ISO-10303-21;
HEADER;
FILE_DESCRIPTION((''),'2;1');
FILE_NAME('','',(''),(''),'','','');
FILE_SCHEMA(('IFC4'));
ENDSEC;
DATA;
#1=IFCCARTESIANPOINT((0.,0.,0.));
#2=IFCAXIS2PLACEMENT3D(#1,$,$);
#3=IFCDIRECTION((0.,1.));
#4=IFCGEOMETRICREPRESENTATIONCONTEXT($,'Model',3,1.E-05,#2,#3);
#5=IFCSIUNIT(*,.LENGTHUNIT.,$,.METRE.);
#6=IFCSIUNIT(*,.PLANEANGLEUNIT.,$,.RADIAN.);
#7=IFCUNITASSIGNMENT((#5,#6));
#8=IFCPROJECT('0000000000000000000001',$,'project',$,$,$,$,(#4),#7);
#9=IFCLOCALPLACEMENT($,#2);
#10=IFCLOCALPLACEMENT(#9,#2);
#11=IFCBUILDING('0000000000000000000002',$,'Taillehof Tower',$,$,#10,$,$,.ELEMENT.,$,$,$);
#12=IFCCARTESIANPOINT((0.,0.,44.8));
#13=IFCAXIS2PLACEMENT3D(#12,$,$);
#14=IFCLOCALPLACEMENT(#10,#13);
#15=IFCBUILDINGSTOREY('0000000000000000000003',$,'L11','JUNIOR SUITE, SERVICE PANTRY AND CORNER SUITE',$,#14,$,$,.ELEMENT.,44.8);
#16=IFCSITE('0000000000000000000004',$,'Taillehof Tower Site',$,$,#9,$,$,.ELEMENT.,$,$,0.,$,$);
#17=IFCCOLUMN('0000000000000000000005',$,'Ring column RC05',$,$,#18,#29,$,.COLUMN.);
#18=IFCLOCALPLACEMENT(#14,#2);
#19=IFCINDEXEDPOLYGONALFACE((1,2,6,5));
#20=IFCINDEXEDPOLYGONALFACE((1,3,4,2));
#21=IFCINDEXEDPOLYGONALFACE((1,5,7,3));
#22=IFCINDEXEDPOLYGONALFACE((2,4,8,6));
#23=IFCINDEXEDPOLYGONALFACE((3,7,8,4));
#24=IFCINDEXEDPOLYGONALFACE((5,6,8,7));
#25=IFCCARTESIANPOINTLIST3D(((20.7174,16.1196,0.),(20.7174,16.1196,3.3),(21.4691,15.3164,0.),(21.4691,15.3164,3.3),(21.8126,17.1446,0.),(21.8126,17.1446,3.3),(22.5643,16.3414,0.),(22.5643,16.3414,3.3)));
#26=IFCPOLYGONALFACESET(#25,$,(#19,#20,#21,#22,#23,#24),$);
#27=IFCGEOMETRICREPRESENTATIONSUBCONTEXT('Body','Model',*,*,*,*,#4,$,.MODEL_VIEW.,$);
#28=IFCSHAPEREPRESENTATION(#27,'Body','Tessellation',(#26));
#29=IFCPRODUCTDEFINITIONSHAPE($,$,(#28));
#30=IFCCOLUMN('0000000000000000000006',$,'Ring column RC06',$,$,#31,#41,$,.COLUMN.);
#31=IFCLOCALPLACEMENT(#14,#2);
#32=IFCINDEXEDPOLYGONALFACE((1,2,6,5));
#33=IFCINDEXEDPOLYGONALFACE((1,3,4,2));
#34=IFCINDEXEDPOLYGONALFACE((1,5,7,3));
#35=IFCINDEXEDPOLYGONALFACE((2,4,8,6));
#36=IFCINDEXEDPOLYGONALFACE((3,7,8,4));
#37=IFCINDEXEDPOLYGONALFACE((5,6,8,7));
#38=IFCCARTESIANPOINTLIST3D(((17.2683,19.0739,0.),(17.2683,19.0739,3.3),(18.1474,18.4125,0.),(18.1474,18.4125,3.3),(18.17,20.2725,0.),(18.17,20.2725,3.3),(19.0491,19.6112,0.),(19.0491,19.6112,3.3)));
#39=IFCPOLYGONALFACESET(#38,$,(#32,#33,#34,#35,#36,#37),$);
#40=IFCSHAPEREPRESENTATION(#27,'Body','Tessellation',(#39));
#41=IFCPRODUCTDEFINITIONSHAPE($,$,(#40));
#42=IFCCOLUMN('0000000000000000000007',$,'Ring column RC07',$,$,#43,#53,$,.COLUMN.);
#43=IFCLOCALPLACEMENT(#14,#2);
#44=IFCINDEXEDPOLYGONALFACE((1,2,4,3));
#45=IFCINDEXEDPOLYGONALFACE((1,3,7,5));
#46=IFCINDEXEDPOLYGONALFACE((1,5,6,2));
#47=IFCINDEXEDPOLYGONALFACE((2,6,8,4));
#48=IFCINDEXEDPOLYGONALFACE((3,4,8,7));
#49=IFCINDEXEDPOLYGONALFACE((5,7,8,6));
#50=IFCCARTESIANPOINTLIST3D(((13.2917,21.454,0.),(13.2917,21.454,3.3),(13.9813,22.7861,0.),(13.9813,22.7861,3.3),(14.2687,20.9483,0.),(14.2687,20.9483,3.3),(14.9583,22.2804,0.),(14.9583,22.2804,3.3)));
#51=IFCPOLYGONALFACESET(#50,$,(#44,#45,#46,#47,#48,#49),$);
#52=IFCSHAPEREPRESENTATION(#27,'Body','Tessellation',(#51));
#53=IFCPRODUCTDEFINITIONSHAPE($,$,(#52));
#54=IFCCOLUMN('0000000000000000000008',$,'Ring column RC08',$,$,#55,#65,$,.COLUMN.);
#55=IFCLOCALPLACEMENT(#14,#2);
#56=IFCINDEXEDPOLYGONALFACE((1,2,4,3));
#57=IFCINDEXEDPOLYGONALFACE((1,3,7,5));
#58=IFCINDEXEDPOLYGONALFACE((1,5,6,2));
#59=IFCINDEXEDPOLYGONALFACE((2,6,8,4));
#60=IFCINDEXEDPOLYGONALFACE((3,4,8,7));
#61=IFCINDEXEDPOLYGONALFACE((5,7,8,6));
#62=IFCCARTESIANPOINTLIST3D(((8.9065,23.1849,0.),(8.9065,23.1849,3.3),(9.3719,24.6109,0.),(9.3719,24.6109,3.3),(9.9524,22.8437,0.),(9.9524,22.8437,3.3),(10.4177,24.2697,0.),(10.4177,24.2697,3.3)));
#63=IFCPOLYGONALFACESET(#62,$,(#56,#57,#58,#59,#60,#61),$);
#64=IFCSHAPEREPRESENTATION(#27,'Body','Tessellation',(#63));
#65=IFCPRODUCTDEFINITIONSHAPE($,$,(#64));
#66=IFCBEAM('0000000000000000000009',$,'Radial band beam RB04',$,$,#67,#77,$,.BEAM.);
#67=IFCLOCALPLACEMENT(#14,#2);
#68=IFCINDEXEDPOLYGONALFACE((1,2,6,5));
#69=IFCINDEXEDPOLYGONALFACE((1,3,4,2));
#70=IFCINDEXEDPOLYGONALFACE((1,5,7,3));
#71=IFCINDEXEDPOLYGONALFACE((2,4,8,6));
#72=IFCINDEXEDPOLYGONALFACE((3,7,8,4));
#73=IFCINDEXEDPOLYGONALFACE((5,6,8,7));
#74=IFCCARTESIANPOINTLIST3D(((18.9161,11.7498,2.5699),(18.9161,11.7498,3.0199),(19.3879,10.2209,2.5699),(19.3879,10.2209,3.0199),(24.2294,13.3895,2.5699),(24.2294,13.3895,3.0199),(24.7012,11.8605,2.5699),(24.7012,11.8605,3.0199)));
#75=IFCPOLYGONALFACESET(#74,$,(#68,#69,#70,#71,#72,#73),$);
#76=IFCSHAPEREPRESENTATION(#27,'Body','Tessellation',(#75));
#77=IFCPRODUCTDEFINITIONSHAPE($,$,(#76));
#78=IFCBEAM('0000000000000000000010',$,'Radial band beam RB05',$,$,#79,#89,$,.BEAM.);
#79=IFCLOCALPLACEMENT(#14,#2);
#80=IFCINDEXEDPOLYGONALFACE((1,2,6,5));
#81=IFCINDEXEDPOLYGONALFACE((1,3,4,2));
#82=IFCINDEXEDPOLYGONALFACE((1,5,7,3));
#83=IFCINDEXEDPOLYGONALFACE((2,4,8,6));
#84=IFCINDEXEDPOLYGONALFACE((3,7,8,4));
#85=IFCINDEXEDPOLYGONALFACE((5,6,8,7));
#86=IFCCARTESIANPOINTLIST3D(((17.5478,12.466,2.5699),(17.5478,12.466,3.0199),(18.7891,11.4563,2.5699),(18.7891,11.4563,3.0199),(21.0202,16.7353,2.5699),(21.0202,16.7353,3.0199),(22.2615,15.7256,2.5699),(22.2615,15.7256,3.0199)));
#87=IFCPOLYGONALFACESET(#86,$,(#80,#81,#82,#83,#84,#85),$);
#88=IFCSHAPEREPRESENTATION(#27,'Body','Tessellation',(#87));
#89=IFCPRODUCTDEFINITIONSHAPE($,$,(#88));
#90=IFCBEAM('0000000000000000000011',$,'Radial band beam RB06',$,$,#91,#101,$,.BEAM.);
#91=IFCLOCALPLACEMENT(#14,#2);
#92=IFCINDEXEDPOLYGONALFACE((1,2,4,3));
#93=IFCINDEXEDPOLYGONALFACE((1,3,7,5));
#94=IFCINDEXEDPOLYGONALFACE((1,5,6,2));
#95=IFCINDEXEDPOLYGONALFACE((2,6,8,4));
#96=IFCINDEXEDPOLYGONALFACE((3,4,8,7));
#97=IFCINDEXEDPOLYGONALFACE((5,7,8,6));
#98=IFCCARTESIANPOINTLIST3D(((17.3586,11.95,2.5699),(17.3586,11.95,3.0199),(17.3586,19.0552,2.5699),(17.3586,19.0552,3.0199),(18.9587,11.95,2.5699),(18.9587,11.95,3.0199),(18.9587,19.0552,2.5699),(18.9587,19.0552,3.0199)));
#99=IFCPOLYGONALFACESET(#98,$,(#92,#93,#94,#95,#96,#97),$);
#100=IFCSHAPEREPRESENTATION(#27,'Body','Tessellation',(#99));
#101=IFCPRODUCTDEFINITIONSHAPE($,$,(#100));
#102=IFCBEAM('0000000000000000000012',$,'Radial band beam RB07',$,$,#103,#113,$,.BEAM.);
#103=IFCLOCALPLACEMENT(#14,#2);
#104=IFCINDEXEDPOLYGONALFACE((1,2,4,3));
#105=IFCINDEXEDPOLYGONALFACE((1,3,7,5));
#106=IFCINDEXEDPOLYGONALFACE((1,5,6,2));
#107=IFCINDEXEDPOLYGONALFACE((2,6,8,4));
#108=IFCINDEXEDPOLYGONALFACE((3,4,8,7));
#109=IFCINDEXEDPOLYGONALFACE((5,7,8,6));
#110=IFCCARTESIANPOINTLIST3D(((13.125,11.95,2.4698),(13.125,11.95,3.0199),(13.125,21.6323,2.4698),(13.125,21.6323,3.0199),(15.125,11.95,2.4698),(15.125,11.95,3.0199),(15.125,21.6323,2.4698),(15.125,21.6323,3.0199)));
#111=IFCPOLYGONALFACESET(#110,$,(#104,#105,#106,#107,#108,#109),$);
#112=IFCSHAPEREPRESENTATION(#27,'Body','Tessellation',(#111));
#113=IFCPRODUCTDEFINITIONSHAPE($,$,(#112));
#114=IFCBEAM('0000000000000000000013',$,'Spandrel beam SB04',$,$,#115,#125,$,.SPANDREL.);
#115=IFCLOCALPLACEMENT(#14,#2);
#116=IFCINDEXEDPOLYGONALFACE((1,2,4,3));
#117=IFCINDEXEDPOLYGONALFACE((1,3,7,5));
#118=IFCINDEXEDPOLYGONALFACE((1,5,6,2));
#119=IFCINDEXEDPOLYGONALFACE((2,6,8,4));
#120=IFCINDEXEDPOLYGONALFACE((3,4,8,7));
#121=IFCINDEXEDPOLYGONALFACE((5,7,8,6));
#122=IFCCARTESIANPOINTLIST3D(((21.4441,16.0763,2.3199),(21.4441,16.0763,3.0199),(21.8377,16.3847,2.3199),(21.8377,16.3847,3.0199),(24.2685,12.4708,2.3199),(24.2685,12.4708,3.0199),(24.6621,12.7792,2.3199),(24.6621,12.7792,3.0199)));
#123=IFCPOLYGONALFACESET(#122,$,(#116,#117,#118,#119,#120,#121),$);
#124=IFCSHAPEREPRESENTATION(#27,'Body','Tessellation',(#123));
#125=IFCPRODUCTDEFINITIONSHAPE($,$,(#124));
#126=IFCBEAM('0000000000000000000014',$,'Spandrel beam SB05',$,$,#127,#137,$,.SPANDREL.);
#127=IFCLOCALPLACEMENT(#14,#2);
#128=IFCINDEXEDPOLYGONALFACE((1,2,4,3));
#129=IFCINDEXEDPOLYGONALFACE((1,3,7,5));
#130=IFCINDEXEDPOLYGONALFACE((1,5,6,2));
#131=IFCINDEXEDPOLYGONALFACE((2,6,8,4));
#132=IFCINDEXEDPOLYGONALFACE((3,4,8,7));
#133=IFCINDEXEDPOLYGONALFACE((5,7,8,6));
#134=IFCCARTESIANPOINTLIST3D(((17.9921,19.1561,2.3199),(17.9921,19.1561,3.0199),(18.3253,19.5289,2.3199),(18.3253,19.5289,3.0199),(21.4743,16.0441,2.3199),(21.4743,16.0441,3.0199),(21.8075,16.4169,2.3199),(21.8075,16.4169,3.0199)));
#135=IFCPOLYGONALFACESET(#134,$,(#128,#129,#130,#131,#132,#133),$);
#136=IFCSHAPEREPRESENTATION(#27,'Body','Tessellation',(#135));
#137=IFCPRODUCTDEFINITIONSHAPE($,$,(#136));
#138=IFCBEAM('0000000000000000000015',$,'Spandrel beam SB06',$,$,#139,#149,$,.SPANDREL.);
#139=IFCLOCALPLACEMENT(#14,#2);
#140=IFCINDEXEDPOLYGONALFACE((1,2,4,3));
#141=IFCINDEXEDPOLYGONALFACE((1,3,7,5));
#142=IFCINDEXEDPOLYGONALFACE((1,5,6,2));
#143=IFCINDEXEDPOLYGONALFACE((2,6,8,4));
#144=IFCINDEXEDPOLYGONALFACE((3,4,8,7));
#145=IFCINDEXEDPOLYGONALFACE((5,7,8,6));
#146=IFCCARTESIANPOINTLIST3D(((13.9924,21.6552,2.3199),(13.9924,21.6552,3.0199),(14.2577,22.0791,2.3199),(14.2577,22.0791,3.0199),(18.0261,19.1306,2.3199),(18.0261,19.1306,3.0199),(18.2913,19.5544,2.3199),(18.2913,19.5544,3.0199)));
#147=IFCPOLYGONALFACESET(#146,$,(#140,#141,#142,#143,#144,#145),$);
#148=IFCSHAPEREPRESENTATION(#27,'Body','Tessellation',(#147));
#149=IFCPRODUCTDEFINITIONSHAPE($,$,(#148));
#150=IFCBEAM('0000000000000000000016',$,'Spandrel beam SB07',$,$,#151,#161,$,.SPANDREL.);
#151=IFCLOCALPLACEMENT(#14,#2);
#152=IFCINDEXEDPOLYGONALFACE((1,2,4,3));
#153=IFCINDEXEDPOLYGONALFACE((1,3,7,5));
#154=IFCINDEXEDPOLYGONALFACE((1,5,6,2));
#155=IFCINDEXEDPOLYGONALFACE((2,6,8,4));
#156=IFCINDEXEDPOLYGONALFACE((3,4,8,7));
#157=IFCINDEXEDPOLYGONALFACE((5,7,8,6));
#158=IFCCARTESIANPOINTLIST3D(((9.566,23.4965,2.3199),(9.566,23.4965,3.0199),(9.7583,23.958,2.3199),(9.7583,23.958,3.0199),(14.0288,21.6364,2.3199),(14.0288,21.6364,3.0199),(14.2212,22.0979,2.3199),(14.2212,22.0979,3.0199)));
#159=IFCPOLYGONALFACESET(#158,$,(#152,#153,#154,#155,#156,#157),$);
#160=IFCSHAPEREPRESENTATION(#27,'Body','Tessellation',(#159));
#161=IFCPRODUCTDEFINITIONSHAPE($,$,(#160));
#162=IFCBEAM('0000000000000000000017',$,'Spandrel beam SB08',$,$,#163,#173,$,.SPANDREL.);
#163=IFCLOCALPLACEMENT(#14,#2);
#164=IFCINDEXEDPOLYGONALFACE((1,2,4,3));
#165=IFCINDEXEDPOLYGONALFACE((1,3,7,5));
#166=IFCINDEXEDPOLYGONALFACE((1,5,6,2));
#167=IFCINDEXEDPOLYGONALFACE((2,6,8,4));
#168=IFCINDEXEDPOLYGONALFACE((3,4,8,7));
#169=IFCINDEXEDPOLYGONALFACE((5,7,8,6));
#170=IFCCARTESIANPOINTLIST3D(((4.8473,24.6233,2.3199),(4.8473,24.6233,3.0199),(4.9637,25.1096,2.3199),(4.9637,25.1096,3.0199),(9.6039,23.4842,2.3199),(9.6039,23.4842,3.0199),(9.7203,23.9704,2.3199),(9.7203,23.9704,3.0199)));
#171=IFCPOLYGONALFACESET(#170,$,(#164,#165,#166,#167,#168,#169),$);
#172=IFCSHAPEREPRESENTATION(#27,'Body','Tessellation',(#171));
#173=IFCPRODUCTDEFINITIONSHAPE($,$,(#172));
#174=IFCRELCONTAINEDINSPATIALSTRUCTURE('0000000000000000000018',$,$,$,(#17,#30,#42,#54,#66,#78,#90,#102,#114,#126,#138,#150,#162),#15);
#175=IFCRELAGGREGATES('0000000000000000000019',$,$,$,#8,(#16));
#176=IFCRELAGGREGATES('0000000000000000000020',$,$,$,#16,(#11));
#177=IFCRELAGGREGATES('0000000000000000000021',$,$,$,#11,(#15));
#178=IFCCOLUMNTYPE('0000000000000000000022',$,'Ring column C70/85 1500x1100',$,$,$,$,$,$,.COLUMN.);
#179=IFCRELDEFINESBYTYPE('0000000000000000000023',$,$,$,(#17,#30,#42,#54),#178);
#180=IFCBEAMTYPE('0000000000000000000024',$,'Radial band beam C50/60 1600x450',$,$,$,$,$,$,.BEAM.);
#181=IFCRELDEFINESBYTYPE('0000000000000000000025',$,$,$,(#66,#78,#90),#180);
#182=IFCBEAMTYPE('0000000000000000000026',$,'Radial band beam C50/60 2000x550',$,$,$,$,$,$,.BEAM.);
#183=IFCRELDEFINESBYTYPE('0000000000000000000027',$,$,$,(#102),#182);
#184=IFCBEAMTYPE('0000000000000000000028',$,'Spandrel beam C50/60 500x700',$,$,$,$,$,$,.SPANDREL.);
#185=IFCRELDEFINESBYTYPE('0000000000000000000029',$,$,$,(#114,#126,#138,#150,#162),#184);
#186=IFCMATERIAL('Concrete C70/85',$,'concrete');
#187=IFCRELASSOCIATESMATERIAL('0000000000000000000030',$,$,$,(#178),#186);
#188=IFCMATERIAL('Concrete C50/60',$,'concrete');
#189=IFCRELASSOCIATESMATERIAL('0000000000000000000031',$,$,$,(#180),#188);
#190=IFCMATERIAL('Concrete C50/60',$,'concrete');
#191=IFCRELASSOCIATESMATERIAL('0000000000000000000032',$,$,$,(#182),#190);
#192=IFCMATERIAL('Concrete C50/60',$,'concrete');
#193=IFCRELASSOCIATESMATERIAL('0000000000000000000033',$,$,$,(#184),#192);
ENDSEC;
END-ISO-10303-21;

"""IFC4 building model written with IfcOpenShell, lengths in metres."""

from ifc_helpers import new_model, si_unit, direction, frame, origin, origin_2d, place, context, subcontext, project, spatial, rectangle, extrude, material, material_profile, profile_set, type_object, element, save


model = new_model("IFC4")

# Units and contexts
model_context = context("Model", 3, precision=1e-05, world=origin(), true_north=direction((0.0, 1.0)))
body_context = subcontext(model_context, "Body", "Model", "MODEL_VIEW")
ifc_project = project(units=[si_unit("LENGTHUNIT", "METRE"), si_unit("PLANEANGLEUNIT", "RADIAN")], contexts=[model_context])

# Site, building, storey
site_placement = place(None, origin())
site = spatial("IfcSite", under=ifc_project, at=site_placement, Name="Taillehof Tower Site", CompositionType="ELEMENT", RefElevation=0.0)
building_placement = place(site_placement, origin())
building = spatial("IfcBuilding", under=site, at=building_placement, Name="Taillehof Tower", CompositionType="ELEMENT")
storey_placement = place(building_placement, frame((0.0, 0.0, 44.8)))
storey = spatial("IfcBuildingStorey", under=building, at=storey_placement, Name="L11", Description="JUNIOR SUITE, SERVICE PANTRY AND CORNER SUITE", CompositionType="ELEMENT", Elevation=44.8)

# Columns
ifc_material_1 = material(Name="Concrete C70/85", Category="concrete")
ifc_material_profile_1 = material_profile(ifc_material_1, rectangle(XDim=1.5, YDim=1.1001, at=origin_2d()), Name="RC 1500x1100")
ifc_profile_set_1 = profile_set([ifc_material_profile_1], Name="Concrete C70/85")
column_type = type_object("IfcColumnType", Name="Ring column C70/85 1500x1100", PredefinedType="COLUMN", material=ifc_profile_set_1)
for number, where, z_axis, x_axis, name in (
    (1, (21.6409, 16.2305, 0.0), (0.0, 0.0, 1.0), (0.730113, 0.683326, 0.0), "Ring column RC05"),
    (2, (18.1587, 19.3425, 0.0), (0.0, 0.0, 1.0), (0.601174, 0.799118, 0.0), "Ring column RC06"),
    (3, (14.125, 21.8672, 0.0), (0.0, 0.0, 1.0), (0.459691, 0.888079, 0.0), "Ring column RC07"),
    (4, (9.6621, 23.7273, 0.0), (0.0, 0.0, 1.0), (0.310219, 0.950665, 0.0), "Ring column RC08"),
):
    element("IfcColumn", number, at=place(storey_placement, frame(where, z_axis=z_axis, x_axis=x_axis)), inside=storey, type_object=column_type, Name=name, PredefinedType="COLUMN", context=body_context, shape_type="SweptSolid", body=[
        extrude(rectangle(XDim=1.5, YDim=1.1001, at=origin_2d()), origin(), (0.0, 0.0, 1.0), 3.3),
    ])

# Beams
ifc_material_2 = material(Name="Concrete C50/60", Category="concrete")
ifc_material_profile_2 = material_profile(ifc_material_2, rectangle(XDim=1.6001, YDim=0.45, at=origin_2d()), Name="RC 1600x450")
ifc_profile_set_2 = profile_set([ifc_material_profile_2], Name="Concrete C50/60")
beam_type_1 = type_object("IfcBeamType", Name="Radial band beam C50/60 1600x450", PredefinedType="BEAM", material=ifc_profile_set_2)
beam_1_placement = place(storey_placement, frame((24.4653, 12.625, 2.7949), z_axis=(-0.955536, -0.294876, 0.0), x_axis=(0.294876, -0.955536, 0.0)))
element("IfcBeam", 5, at=beam_1_placement, inside=storey, type_object=beam_type_1, Name="Radial band beam RB04", PredefinedType="BEAM", context=body_context, shape_type="SweptSolid", body=[
    extrude(rectangle(XDim=1.6001, YDim=0.45, at=origin_2d()), origin(), (0.0, 0.0, 1.0), 5.5605),
])
beam_2_placement = place(storey_placement, frame((21.6409, 16.2305, 2.7949), z_axis=(-0.630988, -0.775792, 0.0), x_axis=(0.775792, -0.630988, 0.0)))
element("IfcBeam", 6, at=beam_2_placement, inside=storey, type_object=beam_type_1, Name="Radial band beam RB05", PredefinedType="BEAM", context=body_context, shape_type="SweptSolid", body=[
    extrude(rectangle(XDim=1.6001, YDim=0.45, at=origin_2d()), origin(), (0.0, 0.0, 1.0), 5.5032),
])
beam_3_placement = place(storey_placement, frame((18.1587, 19.0552, 2.7949), z_axis=(0.0, -1.0, 0.0), x_axis=(1.0, 0.0, 0.0)))
element("IfcBeam", 7, at=beam_3_placement, inside=storey, type_object=beam_type_1, Name="Radial band beam RB06", PredefinedType="BEAM", context=body_context, shape_type="SweptSolid", body=[
    extrude(rectangle(XDim=1.6001, YDim=0.45, at=origin_2d()), origin(), (0.0, 0.0, 1.0), 7.1052),
])
ifc_material_3 = material(Name="Concrete C50/60", Category="concrete")
ifc_material_profile_3 = material_profile(ifc_material_3, rectangle(XDim=2.0, YDim=0.55, at=origin_2d()), Name="RC 2000x550")
ifc_profile_set_3 = profile_set([ifc_material_profile_3], Name="Concrete C50/60")
beam_type_2 = type_object("IfcBeamType", Name="Radial band beam C50/60 2000x550", PredefinedType="BEAM", material=ifc_profile_set_3)
beam_4_placement = place(storey_placement, frame((14.125, 21.6323, 2.7449), z_axis=(0.0, -1.0, 0.0), x_axis=(1.0, 0.0, 0.0)))
element("IfcBeam", 8, at=beam_4_placement, inside=storey, type_object=beam_type_2, Name="Radial band beam RB07", PredefinedType="BEAM", context=body_context, shape_type="SweptSolid", body=[
    extrude(rectangle(XDim=2.0, YDim=0.55, at=origin_2d()), origin(), (0.0, 0.0, 1.0), 9.6824),
])
ifc_material_4 = material(Name="Concrete C50/60", Category="concrete")
ifc_material_profile_4 = material_profile(ifc_material_4, rectangle(XDim=0.5, YDim=0.7, at=origin_2d()), Name="RC 500x700")
ifc_profile_set_4 = profile_set([ifc_material_profile_4], Name="Concrete C50/60")
beam_type_3 = type_object("IfcBeamType", Name="Spandrel beam C50/60 500x700", PredefinedType="SPANDREL", material=ifc_profile_set_4)
beam_5_placement = place(storey_placement, frame((24.4653, 12.625, 2.6699), z_axis=(-0.616686, 0.787209, 0.0), x_axis=(-0.787209, -0.616686, 0.0)))
element("IfcBeam", 9, at=beam_5_placement, inside=storey, type_object=beam_type_3, Name="Spandrel beam SB04", PredefinedType="SPANDREL", context=body_context, shape_type="SweptSolid", body=[
    extrude(rectangle(XDim=0.5, YDim=0.7, at=origin_2d()), origin(), (0.0, 0.0, 1.0), 4.5801),
])
beam_6_placement = place(storey_placement, frame((21.6409, 16.2305, 2.6699), z_axis=(-0.745621, 0.66637, 0.0), x_axis=(-0.66637, -0.745621, 0.0)))
element("IfcBeam", 10, at=beam_6_placement, inside=storey, type_object=beam_type_3, Name="Spandrel beam SB05", PredefinedType="SPANDREL", context=body_context, shape_type="SweptSolid", body=[
    extrude(rectangle(XDim=0.5, YDim=0.7, at=origin_2d()), origin(), (0.0, 0.0, 1.0), 4.6702),
])
beam_7_placement = place(storey_placement, frame((18.1587, 19.3425, 2.6699), z_axis=(-0.847658, 0.530543, 0.0), x_axis=(-0.530543, -0.847658, 0.0)))
element("IfcBeam", 11, at=beam_7_placement, inside=storey, type_object=beam_type_3, Name="Spandrel beam SB06", PredefinedType="SPANDREL", context=body_context, shape_type="SweptSolid", body=[
    extrude(rectangle(XDim=0.5, YDim=0.7, at=origin_2d()), origin(), (0.0, 0.0, 1.0), 4.7585),
])
beam_8_placement = place(storey_placement, frame((14.125, 21.8672, 2.6699), z_axis=(-0.923035, 0.384716, 0.0), x_axis=(-0.384716, -0.923035, 0.0)))
element("IfcBeam", 12, at=beam_8_placement, inside=storey, type_object=beam_type_3, Name="Spandrel beam SB07", PredefinedType="SPANDREL", context=body_context, shape_type="SweptSolid", body=[
    extrude(rectangle(XDim=0.5, YDim=0.7, at=origin_2d()), origin(), (0.0, 0.0, 1.0), 4.835),
])
beam_9_placement = place(storey_placement, frame((9.6621, 23.7273, 2.6699), z_axis=(-0.9725, 0.232905, 0.0), x_axis=(-0.232905, -0.9725, 0.0)))
element("IfcBeam", 13, at=beam_9_placement, inside=storey, type_object=beam_type_3, Name="Spandrel beam SB08", PredefinedType="SPANDREL", context=body_context, shape_type="SweptSolid", body=[
    extrude(rectangle(XDim=0.5, YDim=0.7, at=origin_2d()), origin(), (0.0, 0.0, 1.0), 4.8911),
])

save(model, "model.ifc")
